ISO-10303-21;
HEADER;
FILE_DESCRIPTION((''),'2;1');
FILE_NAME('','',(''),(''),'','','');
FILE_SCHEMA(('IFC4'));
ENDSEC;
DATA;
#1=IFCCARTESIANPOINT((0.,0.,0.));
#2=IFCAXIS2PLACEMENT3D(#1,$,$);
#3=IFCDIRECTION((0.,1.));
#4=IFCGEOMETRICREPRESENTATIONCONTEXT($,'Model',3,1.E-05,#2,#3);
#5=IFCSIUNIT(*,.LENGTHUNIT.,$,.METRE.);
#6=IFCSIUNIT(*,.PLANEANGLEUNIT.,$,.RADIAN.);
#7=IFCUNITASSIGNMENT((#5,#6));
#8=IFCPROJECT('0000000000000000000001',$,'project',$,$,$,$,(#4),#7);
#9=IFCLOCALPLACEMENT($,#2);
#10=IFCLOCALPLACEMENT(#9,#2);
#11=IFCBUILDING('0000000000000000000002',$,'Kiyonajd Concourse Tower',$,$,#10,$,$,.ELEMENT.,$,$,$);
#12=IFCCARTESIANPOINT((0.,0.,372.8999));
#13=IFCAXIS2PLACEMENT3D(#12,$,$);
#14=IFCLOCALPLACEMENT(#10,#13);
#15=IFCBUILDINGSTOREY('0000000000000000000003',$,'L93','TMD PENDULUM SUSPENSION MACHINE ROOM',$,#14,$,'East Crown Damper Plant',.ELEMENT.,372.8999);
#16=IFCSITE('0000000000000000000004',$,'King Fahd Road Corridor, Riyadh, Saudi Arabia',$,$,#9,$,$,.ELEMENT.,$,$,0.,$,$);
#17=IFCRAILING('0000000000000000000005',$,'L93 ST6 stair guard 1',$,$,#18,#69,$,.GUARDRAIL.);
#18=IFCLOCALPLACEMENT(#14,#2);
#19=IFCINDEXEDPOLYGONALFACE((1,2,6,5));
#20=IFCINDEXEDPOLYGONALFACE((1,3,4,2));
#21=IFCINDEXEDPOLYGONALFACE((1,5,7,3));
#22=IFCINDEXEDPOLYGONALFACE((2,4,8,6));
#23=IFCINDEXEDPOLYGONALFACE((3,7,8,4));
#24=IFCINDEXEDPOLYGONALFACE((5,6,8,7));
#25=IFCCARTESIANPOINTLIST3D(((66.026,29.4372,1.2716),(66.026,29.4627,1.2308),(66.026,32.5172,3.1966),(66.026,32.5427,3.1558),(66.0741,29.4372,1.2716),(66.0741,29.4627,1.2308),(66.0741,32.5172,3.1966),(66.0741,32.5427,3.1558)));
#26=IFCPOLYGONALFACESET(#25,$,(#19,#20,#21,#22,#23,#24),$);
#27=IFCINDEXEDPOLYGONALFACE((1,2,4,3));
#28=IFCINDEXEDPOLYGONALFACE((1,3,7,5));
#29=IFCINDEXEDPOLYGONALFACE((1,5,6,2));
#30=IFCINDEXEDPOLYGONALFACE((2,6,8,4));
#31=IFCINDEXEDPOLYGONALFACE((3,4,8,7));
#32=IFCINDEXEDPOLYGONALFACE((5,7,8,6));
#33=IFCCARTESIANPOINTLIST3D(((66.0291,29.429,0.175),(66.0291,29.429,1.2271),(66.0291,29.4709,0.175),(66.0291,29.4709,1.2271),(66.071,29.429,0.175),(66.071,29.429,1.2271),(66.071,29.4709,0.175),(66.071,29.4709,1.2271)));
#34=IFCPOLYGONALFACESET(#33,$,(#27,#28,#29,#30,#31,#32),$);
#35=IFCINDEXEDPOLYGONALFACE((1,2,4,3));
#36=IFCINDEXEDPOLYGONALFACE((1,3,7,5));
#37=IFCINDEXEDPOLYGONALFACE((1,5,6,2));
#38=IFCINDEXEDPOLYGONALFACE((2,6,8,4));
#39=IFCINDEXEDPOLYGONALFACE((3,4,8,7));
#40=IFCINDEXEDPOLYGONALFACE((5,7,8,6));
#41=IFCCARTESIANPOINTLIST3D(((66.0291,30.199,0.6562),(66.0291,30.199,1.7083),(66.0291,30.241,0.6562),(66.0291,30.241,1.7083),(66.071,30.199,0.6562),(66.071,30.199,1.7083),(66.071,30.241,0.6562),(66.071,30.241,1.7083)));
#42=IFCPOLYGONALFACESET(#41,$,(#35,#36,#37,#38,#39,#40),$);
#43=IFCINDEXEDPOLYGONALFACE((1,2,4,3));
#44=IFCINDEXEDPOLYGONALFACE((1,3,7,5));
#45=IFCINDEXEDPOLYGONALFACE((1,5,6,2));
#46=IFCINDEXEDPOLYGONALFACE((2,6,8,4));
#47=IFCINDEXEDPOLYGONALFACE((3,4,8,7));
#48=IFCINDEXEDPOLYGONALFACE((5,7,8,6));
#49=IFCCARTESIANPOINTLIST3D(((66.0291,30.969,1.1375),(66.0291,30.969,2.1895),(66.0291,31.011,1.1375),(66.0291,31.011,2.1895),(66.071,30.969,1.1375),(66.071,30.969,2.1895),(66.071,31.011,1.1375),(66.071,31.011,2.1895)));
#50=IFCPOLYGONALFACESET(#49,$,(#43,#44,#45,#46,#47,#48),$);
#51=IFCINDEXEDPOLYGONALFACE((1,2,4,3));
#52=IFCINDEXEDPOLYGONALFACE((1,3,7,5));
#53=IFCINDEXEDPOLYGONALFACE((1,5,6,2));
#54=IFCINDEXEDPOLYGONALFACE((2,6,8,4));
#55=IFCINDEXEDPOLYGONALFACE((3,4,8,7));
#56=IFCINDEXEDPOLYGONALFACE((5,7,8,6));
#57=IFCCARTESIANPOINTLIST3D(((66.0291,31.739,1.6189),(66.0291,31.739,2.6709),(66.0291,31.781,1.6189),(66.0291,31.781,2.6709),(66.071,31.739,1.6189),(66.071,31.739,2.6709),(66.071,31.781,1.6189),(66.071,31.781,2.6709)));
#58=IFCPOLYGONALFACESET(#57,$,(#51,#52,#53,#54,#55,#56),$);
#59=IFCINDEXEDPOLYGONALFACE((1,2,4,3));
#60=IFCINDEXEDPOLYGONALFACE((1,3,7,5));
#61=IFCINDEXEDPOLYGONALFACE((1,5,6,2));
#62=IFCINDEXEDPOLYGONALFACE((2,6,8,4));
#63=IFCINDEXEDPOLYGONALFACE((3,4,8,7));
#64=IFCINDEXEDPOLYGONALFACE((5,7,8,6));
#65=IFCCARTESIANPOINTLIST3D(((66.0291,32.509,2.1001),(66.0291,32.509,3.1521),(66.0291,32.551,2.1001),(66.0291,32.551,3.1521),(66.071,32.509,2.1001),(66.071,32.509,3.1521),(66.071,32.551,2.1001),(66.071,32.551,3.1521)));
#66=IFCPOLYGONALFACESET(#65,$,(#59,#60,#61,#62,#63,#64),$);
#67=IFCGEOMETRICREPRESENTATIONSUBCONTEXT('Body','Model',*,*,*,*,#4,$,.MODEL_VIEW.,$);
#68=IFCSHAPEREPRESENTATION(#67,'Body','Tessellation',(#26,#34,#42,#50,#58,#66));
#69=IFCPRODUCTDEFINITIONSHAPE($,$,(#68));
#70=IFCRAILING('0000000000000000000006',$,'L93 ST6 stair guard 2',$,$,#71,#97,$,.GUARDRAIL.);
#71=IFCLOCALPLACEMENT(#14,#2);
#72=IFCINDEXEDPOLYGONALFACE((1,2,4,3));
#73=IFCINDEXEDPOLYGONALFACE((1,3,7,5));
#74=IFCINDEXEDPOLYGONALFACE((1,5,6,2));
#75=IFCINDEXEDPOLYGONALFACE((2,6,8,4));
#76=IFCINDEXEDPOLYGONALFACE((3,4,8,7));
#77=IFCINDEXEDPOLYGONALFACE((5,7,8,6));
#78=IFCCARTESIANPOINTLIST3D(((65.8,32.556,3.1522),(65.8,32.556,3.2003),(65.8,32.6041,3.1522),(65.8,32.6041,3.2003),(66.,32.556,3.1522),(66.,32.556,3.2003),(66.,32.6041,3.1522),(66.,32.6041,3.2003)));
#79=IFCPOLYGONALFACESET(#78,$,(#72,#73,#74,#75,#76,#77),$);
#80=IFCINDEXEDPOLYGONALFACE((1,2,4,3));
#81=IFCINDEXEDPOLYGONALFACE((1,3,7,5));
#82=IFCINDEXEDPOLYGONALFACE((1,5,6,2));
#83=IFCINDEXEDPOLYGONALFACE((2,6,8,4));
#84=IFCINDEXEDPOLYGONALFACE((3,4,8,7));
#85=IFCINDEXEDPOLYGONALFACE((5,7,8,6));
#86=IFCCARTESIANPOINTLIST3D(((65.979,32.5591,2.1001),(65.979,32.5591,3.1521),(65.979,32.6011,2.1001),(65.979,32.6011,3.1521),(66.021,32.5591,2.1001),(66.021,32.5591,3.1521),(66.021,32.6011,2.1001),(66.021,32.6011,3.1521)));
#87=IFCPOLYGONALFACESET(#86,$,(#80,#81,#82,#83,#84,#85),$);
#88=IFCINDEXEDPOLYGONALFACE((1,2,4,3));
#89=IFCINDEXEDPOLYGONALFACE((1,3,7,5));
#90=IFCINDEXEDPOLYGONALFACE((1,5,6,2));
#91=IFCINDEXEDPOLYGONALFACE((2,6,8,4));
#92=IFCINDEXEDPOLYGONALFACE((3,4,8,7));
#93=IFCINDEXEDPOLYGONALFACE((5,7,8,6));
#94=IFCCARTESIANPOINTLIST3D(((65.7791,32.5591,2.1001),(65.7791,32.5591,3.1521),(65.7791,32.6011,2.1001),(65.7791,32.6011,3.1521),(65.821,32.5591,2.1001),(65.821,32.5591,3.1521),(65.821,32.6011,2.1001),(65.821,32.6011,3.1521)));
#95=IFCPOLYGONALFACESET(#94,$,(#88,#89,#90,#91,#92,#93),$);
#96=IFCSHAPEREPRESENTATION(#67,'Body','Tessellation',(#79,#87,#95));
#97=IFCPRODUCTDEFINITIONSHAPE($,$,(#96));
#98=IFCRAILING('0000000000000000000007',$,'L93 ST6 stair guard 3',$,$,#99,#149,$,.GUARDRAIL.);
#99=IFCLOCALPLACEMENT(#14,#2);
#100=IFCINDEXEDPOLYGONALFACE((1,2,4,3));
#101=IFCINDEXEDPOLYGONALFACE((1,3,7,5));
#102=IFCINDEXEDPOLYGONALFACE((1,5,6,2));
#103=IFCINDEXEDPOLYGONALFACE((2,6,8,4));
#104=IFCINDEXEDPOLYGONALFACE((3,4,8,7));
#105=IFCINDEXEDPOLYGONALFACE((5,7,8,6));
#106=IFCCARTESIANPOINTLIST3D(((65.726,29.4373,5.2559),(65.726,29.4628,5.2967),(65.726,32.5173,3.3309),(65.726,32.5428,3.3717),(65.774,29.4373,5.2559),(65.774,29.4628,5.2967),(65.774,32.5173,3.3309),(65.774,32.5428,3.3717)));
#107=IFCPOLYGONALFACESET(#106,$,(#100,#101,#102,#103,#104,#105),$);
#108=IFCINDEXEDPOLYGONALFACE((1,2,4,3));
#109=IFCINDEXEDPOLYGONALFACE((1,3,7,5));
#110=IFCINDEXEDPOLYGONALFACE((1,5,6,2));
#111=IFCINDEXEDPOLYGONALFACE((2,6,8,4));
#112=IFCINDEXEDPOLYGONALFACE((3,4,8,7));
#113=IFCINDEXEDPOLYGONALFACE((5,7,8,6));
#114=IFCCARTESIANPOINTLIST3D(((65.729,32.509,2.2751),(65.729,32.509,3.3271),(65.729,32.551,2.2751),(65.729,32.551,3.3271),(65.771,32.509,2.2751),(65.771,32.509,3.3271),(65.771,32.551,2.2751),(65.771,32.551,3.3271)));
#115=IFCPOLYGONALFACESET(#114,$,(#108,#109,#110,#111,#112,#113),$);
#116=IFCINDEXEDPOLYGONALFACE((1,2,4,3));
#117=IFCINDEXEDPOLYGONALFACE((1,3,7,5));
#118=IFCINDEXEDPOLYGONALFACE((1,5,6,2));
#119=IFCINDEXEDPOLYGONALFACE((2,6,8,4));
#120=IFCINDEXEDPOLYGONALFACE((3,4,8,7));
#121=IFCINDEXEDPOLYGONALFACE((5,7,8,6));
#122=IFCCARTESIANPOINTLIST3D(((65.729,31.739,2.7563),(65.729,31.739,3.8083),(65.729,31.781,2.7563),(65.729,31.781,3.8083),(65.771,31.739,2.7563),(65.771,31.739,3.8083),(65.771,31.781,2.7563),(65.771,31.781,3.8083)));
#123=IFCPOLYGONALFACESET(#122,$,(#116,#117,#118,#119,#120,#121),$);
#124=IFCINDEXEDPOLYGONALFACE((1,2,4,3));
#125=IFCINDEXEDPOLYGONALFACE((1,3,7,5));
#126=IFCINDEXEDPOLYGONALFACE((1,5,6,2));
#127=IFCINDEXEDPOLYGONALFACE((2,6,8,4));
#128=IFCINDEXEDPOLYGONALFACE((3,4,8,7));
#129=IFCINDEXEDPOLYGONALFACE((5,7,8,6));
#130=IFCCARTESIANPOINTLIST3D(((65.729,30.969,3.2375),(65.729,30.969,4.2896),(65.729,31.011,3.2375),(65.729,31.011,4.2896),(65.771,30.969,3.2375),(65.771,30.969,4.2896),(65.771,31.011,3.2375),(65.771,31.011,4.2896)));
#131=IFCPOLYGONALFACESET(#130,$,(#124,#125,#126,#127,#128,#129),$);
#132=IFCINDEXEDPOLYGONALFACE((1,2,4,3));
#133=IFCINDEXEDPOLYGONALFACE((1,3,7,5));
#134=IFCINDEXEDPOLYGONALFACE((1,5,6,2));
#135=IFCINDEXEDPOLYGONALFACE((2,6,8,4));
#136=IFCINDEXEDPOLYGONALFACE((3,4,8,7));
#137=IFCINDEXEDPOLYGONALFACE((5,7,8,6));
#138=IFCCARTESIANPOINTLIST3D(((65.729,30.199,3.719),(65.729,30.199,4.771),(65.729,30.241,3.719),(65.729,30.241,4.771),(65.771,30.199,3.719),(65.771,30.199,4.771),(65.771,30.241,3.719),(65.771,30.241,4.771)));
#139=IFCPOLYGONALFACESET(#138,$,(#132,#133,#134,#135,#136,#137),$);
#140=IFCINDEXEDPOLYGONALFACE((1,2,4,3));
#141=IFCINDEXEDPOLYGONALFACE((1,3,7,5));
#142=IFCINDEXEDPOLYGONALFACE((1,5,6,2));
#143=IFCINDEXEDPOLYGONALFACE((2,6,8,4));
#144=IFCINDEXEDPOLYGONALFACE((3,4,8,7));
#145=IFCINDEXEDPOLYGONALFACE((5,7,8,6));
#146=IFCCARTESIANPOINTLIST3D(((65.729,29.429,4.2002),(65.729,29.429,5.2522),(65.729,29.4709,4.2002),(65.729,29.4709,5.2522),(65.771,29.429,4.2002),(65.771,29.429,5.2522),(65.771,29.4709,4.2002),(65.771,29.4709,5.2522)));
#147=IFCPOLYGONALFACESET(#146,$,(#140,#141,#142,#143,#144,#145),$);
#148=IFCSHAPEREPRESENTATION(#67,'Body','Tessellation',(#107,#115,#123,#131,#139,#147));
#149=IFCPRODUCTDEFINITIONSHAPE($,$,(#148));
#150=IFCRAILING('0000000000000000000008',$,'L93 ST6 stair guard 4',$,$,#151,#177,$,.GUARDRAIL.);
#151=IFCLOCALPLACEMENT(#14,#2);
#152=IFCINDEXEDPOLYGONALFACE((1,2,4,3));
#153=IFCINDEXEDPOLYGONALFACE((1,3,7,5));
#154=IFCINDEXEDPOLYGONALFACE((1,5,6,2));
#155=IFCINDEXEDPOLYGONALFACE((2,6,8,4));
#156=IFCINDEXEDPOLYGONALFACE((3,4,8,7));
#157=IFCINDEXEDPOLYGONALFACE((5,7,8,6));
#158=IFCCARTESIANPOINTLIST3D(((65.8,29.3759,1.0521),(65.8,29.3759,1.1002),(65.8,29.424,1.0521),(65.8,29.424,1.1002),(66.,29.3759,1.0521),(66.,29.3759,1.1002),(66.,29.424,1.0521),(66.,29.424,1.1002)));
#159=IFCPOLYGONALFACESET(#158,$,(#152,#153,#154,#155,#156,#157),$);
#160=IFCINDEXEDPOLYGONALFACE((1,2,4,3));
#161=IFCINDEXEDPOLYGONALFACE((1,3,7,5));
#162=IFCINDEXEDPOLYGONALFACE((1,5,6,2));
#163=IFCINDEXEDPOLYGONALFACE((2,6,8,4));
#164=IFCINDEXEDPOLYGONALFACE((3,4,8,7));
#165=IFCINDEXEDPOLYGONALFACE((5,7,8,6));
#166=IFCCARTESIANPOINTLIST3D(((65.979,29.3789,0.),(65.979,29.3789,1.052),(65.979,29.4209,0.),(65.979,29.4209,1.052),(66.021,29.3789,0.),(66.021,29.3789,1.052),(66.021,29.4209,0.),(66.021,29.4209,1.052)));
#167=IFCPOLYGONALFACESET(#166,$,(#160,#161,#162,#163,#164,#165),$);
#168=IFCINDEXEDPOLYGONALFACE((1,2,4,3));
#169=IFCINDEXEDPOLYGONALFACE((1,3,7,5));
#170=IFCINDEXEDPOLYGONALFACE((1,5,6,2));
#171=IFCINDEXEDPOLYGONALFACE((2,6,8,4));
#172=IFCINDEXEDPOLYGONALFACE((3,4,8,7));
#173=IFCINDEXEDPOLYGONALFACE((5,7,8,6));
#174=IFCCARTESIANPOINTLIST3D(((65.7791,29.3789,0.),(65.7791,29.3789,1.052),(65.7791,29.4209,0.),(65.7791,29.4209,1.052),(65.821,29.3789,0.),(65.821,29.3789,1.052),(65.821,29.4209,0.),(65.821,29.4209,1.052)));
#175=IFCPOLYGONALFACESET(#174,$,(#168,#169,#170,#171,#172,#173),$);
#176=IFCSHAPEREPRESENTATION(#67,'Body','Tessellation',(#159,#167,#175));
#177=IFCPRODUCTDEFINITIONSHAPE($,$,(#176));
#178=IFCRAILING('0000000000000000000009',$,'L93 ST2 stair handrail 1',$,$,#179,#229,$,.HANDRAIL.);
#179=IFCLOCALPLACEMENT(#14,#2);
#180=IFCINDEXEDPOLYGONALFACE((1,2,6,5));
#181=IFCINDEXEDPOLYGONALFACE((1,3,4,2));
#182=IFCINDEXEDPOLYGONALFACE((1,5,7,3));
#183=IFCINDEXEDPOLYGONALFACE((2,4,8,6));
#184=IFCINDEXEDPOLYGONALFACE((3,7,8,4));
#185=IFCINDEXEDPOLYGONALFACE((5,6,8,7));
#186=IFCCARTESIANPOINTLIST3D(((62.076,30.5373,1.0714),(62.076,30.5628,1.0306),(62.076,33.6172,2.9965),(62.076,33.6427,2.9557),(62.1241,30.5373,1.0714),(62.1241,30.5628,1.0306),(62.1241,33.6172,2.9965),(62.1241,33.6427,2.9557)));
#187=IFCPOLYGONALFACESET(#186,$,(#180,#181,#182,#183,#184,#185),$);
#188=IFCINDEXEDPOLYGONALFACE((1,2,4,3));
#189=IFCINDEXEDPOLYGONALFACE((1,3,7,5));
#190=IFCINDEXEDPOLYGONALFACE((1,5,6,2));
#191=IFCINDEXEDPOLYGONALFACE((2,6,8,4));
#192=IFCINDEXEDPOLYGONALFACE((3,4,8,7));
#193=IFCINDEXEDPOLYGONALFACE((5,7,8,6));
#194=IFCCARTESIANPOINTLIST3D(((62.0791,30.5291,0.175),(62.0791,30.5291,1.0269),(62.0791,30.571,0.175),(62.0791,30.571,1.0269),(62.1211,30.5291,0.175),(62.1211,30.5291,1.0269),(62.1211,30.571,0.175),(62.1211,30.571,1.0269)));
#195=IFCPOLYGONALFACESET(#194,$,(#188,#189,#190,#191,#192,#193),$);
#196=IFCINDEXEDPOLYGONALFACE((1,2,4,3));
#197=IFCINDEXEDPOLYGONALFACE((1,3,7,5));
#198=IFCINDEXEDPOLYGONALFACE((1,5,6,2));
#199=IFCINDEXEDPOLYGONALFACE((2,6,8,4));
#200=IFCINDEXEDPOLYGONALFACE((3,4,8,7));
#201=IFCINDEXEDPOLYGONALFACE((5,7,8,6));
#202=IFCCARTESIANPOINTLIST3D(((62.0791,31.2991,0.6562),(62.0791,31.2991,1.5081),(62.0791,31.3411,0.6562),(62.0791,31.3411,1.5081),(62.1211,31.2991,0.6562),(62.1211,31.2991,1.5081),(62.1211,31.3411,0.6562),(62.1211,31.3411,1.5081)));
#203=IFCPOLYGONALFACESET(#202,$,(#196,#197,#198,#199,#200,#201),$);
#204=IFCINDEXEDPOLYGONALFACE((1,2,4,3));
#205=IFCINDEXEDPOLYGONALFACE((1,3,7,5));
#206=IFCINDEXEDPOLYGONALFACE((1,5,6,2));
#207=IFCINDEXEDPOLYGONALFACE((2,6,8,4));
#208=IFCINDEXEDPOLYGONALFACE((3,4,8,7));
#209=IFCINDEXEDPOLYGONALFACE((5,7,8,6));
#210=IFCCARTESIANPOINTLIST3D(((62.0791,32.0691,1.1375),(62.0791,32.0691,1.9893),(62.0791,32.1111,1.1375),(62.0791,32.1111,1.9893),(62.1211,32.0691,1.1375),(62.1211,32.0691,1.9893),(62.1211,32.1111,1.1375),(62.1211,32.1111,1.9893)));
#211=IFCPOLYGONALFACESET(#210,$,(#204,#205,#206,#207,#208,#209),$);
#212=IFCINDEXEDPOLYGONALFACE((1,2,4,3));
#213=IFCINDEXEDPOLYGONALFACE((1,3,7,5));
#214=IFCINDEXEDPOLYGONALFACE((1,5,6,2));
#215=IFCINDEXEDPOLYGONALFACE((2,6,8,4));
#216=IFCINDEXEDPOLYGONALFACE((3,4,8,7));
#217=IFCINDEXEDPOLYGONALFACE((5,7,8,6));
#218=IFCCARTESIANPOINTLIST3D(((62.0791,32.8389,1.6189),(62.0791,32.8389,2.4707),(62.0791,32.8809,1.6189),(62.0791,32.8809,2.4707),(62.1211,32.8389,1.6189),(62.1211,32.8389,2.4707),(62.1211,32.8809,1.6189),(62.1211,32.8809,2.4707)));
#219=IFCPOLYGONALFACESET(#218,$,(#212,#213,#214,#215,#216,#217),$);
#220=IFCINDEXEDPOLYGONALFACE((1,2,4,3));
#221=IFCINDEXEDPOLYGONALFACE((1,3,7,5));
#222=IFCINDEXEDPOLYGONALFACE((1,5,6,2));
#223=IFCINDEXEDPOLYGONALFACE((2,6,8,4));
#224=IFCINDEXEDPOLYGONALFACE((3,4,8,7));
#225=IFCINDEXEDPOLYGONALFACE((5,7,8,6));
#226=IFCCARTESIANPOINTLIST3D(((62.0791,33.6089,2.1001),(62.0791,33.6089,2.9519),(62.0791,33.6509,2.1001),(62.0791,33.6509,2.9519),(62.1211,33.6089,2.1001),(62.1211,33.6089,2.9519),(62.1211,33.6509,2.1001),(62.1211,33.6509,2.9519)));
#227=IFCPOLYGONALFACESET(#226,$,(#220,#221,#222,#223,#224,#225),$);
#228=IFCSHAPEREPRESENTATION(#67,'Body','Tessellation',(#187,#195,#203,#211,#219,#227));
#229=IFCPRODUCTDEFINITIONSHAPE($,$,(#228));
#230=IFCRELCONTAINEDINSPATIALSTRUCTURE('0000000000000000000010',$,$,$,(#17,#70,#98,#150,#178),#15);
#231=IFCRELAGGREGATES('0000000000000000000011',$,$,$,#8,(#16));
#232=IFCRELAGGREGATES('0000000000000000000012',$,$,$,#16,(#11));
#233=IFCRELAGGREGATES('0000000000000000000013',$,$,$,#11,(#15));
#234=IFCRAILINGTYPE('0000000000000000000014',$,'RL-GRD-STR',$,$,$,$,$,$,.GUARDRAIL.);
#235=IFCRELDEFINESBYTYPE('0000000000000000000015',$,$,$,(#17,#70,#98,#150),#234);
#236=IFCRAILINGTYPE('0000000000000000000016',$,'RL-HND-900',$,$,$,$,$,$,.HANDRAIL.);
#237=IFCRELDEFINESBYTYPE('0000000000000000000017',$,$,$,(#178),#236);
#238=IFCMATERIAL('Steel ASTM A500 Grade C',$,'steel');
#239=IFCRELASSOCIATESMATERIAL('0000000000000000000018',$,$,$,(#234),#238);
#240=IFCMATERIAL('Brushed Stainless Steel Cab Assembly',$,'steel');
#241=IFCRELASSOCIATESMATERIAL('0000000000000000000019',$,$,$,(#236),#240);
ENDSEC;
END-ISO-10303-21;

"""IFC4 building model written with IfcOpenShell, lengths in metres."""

from ifc_helpers import new_model, si_unit, direction, frame, origin, origin_2d, place, context, subcontext, project, spatial, rectangle, extrude, material, type_object, element, save


model = new_model("IFC4")

# Units and contexts
model_context = context("Model", 3, precision=1e-05, world=origin(), true_north=direction((0.0, 1.0)))
body_context = subcontext(model_context, "Body", "Model", "MODEL_VIEW")
ifc_project = project(units=[si_unit("LENGTHUNIT", "METRE"), si_unit("PLANEANGLEUNIT", "RADIAN")], contexts=[model_context])

# Site, building, storey
site_placement = place(None, origin())
site = spatial("IfcSite", under=ifc_project, at=site_placement, Name="King Fahd Road Corridor, Riyadh, Saudi Arabia", CompositionType="ELEMENT", RefElevation=0.0)
building_placement = place(site_placement, origin())
building = spatial("IfcBuilding", under=site, at=building_placement, Name="Kiyonajd Concourse Tower", CompositionType="ELEMENT")
storey_placement = place(building_placement, frame((0.0, 0.0, 372.8999)))
storey = spatial("IfcBuildingStorey", under=building, at=storey_placement, Name="L93", Description="TMD PENDULUM SUSPENSION MACHINE ROOM", LongName="East Crown Damper Plant", CompositionType="ELEMENT", Elevation=372.8999)

# Railings
ifc_material_1 = material(Name="Steel ASTM A500 Grade C", Category="steel")
railing_type_1 = type_object("IfcRailingType", Name="RL-GRD-STR", PredefinedType="GUARDRAIL", material=ifc_material_1)
railing_1_placement = place(storey_placement, frame((66.05, 29.45, 0.175)))
element("IfcRailing", 1, at=railing_1_placement, inside=storey, type_object=railing_type_1, Name="L93 ST6 stair guard 1", PredefinedType="GUARDRAIL", context=body_context, shape_type="SweptSolid", body=[
    extrude(rectangle(XDim=0.0481, YDim=0.0481, at=origin_2d()), frame((0.0, 0.0, 1.0762), z_axis=(0.0, 0.847998, 0.529999), x_axis=(-1.0, 0.0, 0.0)), (0.0, 0.0, 1.0), 3.6321),
    extrude(rectangle(XDim=0.042, YDim=0.042, at=origin_2d()), origin(), (0.0, 0.0, 1.0), 1.052),
    extrude(rectangle(XDim=0.042, YDim=0.042, at=origin_2d()), frame((0.0, 0.77, 0.4812)), (0.0, 0.0, 1.0), 1.052),
    extrude(rectangle(XDim=0.042, YDim=0.042, at=origin_2d()), frame((0.0, 1.54, 0.9624)), (0.0, 0.0, 1.0), 1.052),
    extrude(rectangle(XDim=0.042, YDim=0.042, at=origin_2d()), frame((0.0, 2.3101, 1.4438)), (0.0, 0.0, 1.0), 1.052),
    extrude(rectangle(XDim=0.042, YDim=0.042, at=origin_2d()), frame((0.0, 3.0801, 1.925)), (0.0, 0.0, 1.0), 1.052),
])
railing_2_placement = place(storey_placement, frame((66.0, 32.5801, 2.1001)))
element("IfcRailing", 2, at=railing_2_placement, inside=storey, type_object=railing_type_1, Name="L93 ST6 stair guard 2", PredefinedType="GUARDRAIL", context=body_context, shape_type="SweptSolid", body=[
    extrude(rectangle(XDim=0.0481, YDim=0.0481, at=origin_2d()), frame((0.0, 0.0, 1.0762), z_axis=(-1.0, 0.0, 0.0), x_axis=(0.0, -1.0, 0.0)), (0.0, 0.0, 1.0), 0.2),
    extrude(rectangle(XDim=0.042, YDim=0.042, at=origin_2d()), origin(), (0.0, 0.0, 1.0), 1.052),
    extrude(rectangle(XDim=0.042, YDim=0.042, at=origin_2d()), frame((-0.2, 0.0, 0.0)), (0.0, 0.0, 1.0), 1.052),
])
railing_3_placement = place(storey_placement, frame((65.75, 32.53, 2.2751)))
element("IfcRailing", 3, at=railing_3_placement, inside=storey, type_object=railing_type_1, Name="L93 ST6 stair guard 3", PredefinedType="GUARDRAIL", context=body_context, shape_type="SweptSolid", body=[
    extrude(rectangle(XDim=0.0481, YDim=0.0481, at=origin_2d()), frame((0.0, 0.0, 1.0762), z_axis=(0.0, -0.847998, 0.529999), x_axis=(1.0, 0.0, 0.0)), (0.0, 0.0, 1.0), 3.6321),
    extrude(rectangle(XDim=0.042, YDim=0.042, at=origin_2d()), origin(), (0.0, 0.0, 1.0), 1.052),
    extrude(rectangle(XDim=0.042, YDim=0.042, at=origin_2d()), frame((0.0, -0.77, 0.4812)), (0.0, 0.0, 1.0), 1.052),
    extrude(rectangle(XDim=0.042, YDim=0.042, at=origin_2d()), frame((0.0, -1.54, 0.9624)), (0.0, 0.0, 1.0), 1.052),
    extrude(rectangle(XDim=0.042, YDim=0.042, at=origin_2d()), frame((0.0, -2.3101, 1.4438)), (0.0, 0.0, 1.0), 1.052),
    extrude(rectangle(XDim=0.042, YDim=0.042, at=origin_2d()), frame((0.0, -3.0801, 1.925)), (0.0, 0.0, 1.0), 1.052),
])
railing_4_placement = place(storey_placement, frame((66.0, 29.3999, 0.0)))
element("IfcRailing", 4, at=railing_4_placement, inside=storey, type_object=railing_type_1, Name="L93 ST6 stair guard 4", PredefinedType="GUARDRAIL", context=body_context, shape_type="SweptSolid", body=[
    extrude(rectangle(XDim=0.0481, YDim=0.0481, at=origin_2d()), frame((0.0, 0.0, 1.0762), z_axis=(-1.0, 0.0, 0.0), x_axis=(0.0, -1.0, 0.0)), (0.0, 0.0, 1.0), 0.2),
    extrude(rectangle(XDim=0.042, YDim=0.042, at=origin_2d()), origin(), (0.0, 0.0, 1.0), 1.052),
    extrude(rectangle(XDim=0.042, YDim=0.042, at=origin_2d()), frame((-0.2, 0.0, 0.0)), (0.0, 0.0, 1.0), 1.052),
])
ifc_material_2 = material(Name="Brushed Stainless Steel Cab Assembly", Category="steel")
railing_type_2 = type_object("IfcRailingType", Name="RL-HND-900", PredefinedType="HANDRAIL", material=ifc_material_2)
railing_5_placement = place(storey_placement, frame((62.1001, 30.55, 0.175)))
element("IfcRailing", 5, at=railing_5_placement, inside=storey, type_object=railing_type_2, Name="L93 ST2 stair handrail 1", PredefinedType="HANDRAIL", context=body_context, shape_type="SweptSolid", body=[
    extrude(rectangle(XDim=0.0481, YDim=0.0481, at=origin_2d()), frame((0.0, 0.0, 0.876), z_axis=(0.0, 0.847979, 0.530029), x_axis=(-1.0, 0.0, 0.0)), (0.0, 0.0, 1.0), 3.6321),
    extrude(rectangle(XDim=0.042, YDim=0.042, at=origin_2d()), origin(), (0.0, 0.0, 1.0), 0.8518),
    extrude(rectangle(XDim=0.042, YDim=0.042, at=origin_2d()), frame((0.0, 0.77, 0.4812)), (0.0, 0.0, 1.0), 0.8518),
    extrude(rectangle(XDim=0.042, YDim=0.042, at=origin_2d()), frame((0.0, 1.54, 0.9624)), (0.0, 0.0, 1.0), 0.8518),
    extrude(rectangle(XDim=0.042, YDim=0.042, at=origin_2d()), frame((0.0, 2.3098, 1.4438)), (0.0, 0.0, 1.0), 0.8518),
    extrude(rectangle(XDim=0.042, YDim=0.042, at=origin_2d()), frame((0.0, 3.0798, 1.925)), (0.0, 0.0, 1.0), 0.8518),
])

save(model, "model.ifc")
